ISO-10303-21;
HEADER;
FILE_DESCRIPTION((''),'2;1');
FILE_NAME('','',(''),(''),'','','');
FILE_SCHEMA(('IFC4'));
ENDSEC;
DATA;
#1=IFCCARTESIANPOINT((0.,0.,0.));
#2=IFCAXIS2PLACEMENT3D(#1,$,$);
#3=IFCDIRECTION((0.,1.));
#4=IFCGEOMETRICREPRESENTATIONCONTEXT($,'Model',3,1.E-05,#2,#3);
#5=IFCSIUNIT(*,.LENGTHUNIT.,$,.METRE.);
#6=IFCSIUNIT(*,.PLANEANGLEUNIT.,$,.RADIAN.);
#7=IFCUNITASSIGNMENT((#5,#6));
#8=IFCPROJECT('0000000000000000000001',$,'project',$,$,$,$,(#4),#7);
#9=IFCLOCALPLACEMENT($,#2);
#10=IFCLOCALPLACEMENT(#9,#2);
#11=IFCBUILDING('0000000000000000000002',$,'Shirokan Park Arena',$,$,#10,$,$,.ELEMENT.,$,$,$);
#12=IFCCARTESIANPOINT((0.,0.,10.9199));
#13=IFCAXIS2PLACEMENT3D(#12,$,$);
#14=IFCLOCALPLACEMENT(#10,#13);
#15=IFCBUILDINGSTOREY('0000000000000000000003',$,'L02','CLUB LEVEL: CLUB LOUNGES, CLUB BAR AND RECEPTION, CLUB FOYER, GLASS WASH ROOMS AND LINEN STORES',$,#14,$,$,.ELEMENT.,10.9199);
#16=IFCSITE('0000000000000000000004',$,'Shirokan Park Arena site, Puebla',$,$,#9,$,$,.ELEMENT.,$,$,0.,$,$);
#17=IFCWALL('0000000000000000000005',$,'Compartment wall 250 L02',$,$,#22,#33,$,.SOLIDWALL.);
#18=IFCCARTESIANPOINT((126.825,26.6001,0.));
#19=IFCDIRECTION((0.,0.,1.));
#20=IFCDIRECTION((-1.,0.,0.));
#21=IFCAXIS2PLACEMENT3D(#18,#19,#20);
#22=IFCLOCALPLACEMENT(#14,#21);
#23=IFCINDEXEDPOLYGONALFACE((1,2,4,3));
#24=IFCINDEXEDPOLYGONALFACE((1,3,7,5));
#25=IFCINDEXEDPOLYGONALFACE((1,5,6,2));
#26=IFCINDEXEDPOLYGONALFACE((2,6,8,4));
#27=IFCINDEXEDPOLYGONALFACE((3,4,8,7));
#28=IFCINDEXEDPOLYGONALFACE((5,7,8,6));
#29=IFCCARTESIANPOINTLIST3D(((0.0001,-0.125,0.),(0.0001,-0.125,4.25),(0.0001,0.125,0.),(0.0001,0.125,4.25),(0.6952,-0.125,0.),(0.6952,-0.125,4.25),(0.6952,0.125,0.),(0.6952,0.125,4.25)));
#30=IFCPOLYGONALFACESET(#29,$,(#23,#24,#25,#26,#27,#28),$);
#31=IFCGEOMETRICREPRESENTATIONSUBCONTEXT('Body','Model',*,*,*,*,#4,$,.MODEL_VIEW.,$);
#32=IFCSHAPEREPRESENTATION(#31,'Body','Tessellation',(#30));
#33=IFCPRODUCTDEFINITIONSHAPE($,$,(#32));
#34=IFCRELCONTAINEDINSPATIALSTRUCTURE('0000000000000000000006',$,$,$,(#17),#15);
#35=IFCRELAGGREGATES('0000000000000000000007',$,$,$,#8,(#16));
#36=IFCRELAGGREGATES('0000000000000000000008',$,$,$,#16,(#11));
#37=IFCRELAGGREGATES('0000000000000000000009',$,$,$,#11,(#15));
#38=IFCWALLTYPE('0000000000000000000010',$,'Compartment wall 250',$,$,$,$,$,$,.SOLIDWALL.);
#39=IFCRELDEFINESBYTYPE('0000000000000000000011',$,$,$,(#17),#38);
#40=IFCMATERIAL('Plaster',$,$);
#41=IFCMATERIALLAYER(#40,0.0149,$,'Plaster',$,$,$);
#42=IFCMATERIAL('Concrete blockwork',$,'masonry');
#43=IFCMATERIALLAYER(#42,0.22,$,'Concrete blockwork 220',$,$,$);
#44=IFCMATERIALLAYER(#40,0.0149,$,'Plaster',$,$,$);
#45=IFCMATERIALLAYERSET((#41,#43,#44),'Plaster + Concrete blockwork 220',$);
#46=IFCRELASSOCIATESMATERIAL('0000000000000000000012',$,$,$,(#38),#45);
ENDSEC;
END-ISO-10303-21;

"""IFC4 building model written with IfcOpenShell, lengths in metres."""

from ifc_helpers import new_model, si_unit, direction, frame, frame_2d, origin, place, context, subcontext, project, spatial, rectangle, extrude, material, layer, layer_set, type_object, element, save


model = new_model("IFC4")

# Units and contexts
model_context = context("Model", 3, precision=1e-05, world=origin(), true_north=direction((0.0, 1.0)))
body_context = subcontext(model_context, "Body", "Model", "MODEL_VIEW")
ifc_project = project(units=[si_unit("LENGTHUNIT", "METRE"), si_unit("PLANEANGLEUNIT", "RADIAN")], contexts=[model_context])

# Site, building, storey
site_placement = place(None, origin())
site = spatial("IfcSite", under=ifc_project, at=site_placement, Name="Shirokan Park Arena site, Puebla", CompositionType="ELEMENT", RefElevation=0.0)
building_placement = place(site_placement, origin())
building = spatial("IfcBuilding", under=site, at=building_placement, Name="Shirokan Park Arena", CompositionType="ELEMENT")
storey_placement = place(building_placement, frame((0.0, 0.0, 10.9199)))
storey = spatial("IfcBuildingStorey", under=building, at=storey_placement, Name="L02", Description="CLUB LEVEL: CLUB LOUNGES, CLUB BAR AND RECEPTION, CLUB FOYER, GLASS WASH ROOMS AND LINEN STORES", CompositionType="ELEMENT", Elevation=10.9199)

# Wall
ifc_material_1 = material(Name="Plaster")
ifc_layer_1 = layer(ifc_material_1, 0.0149, Name="Plaster")
ifc_material_2 = material(Name="Concrete blockwork", Category="masonry")
ifc_layer_2 = layer(ifc_material_2, 0.22, Name="Concrete blockwork 220")
ifc_layer_3 = layer(ifc_material_1, 0.0149, Name="Plaster")
ifc_layer_set_1 = layer_set([ifc_layer_1, ifc_layer_2, ifc_layer_3], Name="Plaster + Concrete blockwork 220")
wall_type_1 = type_object("IfcWallType", Name="Compartment wall 250", PredefinedType="SOLIDWALL", material=ifc_layer_set_1)
wall_1_placement = place(storey_placement, frame((126.825, 26.6001, 0.0), z_axis=(0.0, 0.0, 1.0), x_axis=(-1.0, 0.0, 0.0)))
element("IfcWall", 1, at=wall_1_placement, inside=storey, type_object=wall_type_1, Name="Compartment wall 250 L02", PredefinedType="SOLIDWALL", context=body_context, shape_type="SweptSolid", body=[
    extrude(rectangle(XDim=0.6951, YDim=0.25, at=frame_2d((0.3477, 0.0))), origin(), (0.0, 0.0, 1.0), 4.25),
])

save(model, "model.ifc")
